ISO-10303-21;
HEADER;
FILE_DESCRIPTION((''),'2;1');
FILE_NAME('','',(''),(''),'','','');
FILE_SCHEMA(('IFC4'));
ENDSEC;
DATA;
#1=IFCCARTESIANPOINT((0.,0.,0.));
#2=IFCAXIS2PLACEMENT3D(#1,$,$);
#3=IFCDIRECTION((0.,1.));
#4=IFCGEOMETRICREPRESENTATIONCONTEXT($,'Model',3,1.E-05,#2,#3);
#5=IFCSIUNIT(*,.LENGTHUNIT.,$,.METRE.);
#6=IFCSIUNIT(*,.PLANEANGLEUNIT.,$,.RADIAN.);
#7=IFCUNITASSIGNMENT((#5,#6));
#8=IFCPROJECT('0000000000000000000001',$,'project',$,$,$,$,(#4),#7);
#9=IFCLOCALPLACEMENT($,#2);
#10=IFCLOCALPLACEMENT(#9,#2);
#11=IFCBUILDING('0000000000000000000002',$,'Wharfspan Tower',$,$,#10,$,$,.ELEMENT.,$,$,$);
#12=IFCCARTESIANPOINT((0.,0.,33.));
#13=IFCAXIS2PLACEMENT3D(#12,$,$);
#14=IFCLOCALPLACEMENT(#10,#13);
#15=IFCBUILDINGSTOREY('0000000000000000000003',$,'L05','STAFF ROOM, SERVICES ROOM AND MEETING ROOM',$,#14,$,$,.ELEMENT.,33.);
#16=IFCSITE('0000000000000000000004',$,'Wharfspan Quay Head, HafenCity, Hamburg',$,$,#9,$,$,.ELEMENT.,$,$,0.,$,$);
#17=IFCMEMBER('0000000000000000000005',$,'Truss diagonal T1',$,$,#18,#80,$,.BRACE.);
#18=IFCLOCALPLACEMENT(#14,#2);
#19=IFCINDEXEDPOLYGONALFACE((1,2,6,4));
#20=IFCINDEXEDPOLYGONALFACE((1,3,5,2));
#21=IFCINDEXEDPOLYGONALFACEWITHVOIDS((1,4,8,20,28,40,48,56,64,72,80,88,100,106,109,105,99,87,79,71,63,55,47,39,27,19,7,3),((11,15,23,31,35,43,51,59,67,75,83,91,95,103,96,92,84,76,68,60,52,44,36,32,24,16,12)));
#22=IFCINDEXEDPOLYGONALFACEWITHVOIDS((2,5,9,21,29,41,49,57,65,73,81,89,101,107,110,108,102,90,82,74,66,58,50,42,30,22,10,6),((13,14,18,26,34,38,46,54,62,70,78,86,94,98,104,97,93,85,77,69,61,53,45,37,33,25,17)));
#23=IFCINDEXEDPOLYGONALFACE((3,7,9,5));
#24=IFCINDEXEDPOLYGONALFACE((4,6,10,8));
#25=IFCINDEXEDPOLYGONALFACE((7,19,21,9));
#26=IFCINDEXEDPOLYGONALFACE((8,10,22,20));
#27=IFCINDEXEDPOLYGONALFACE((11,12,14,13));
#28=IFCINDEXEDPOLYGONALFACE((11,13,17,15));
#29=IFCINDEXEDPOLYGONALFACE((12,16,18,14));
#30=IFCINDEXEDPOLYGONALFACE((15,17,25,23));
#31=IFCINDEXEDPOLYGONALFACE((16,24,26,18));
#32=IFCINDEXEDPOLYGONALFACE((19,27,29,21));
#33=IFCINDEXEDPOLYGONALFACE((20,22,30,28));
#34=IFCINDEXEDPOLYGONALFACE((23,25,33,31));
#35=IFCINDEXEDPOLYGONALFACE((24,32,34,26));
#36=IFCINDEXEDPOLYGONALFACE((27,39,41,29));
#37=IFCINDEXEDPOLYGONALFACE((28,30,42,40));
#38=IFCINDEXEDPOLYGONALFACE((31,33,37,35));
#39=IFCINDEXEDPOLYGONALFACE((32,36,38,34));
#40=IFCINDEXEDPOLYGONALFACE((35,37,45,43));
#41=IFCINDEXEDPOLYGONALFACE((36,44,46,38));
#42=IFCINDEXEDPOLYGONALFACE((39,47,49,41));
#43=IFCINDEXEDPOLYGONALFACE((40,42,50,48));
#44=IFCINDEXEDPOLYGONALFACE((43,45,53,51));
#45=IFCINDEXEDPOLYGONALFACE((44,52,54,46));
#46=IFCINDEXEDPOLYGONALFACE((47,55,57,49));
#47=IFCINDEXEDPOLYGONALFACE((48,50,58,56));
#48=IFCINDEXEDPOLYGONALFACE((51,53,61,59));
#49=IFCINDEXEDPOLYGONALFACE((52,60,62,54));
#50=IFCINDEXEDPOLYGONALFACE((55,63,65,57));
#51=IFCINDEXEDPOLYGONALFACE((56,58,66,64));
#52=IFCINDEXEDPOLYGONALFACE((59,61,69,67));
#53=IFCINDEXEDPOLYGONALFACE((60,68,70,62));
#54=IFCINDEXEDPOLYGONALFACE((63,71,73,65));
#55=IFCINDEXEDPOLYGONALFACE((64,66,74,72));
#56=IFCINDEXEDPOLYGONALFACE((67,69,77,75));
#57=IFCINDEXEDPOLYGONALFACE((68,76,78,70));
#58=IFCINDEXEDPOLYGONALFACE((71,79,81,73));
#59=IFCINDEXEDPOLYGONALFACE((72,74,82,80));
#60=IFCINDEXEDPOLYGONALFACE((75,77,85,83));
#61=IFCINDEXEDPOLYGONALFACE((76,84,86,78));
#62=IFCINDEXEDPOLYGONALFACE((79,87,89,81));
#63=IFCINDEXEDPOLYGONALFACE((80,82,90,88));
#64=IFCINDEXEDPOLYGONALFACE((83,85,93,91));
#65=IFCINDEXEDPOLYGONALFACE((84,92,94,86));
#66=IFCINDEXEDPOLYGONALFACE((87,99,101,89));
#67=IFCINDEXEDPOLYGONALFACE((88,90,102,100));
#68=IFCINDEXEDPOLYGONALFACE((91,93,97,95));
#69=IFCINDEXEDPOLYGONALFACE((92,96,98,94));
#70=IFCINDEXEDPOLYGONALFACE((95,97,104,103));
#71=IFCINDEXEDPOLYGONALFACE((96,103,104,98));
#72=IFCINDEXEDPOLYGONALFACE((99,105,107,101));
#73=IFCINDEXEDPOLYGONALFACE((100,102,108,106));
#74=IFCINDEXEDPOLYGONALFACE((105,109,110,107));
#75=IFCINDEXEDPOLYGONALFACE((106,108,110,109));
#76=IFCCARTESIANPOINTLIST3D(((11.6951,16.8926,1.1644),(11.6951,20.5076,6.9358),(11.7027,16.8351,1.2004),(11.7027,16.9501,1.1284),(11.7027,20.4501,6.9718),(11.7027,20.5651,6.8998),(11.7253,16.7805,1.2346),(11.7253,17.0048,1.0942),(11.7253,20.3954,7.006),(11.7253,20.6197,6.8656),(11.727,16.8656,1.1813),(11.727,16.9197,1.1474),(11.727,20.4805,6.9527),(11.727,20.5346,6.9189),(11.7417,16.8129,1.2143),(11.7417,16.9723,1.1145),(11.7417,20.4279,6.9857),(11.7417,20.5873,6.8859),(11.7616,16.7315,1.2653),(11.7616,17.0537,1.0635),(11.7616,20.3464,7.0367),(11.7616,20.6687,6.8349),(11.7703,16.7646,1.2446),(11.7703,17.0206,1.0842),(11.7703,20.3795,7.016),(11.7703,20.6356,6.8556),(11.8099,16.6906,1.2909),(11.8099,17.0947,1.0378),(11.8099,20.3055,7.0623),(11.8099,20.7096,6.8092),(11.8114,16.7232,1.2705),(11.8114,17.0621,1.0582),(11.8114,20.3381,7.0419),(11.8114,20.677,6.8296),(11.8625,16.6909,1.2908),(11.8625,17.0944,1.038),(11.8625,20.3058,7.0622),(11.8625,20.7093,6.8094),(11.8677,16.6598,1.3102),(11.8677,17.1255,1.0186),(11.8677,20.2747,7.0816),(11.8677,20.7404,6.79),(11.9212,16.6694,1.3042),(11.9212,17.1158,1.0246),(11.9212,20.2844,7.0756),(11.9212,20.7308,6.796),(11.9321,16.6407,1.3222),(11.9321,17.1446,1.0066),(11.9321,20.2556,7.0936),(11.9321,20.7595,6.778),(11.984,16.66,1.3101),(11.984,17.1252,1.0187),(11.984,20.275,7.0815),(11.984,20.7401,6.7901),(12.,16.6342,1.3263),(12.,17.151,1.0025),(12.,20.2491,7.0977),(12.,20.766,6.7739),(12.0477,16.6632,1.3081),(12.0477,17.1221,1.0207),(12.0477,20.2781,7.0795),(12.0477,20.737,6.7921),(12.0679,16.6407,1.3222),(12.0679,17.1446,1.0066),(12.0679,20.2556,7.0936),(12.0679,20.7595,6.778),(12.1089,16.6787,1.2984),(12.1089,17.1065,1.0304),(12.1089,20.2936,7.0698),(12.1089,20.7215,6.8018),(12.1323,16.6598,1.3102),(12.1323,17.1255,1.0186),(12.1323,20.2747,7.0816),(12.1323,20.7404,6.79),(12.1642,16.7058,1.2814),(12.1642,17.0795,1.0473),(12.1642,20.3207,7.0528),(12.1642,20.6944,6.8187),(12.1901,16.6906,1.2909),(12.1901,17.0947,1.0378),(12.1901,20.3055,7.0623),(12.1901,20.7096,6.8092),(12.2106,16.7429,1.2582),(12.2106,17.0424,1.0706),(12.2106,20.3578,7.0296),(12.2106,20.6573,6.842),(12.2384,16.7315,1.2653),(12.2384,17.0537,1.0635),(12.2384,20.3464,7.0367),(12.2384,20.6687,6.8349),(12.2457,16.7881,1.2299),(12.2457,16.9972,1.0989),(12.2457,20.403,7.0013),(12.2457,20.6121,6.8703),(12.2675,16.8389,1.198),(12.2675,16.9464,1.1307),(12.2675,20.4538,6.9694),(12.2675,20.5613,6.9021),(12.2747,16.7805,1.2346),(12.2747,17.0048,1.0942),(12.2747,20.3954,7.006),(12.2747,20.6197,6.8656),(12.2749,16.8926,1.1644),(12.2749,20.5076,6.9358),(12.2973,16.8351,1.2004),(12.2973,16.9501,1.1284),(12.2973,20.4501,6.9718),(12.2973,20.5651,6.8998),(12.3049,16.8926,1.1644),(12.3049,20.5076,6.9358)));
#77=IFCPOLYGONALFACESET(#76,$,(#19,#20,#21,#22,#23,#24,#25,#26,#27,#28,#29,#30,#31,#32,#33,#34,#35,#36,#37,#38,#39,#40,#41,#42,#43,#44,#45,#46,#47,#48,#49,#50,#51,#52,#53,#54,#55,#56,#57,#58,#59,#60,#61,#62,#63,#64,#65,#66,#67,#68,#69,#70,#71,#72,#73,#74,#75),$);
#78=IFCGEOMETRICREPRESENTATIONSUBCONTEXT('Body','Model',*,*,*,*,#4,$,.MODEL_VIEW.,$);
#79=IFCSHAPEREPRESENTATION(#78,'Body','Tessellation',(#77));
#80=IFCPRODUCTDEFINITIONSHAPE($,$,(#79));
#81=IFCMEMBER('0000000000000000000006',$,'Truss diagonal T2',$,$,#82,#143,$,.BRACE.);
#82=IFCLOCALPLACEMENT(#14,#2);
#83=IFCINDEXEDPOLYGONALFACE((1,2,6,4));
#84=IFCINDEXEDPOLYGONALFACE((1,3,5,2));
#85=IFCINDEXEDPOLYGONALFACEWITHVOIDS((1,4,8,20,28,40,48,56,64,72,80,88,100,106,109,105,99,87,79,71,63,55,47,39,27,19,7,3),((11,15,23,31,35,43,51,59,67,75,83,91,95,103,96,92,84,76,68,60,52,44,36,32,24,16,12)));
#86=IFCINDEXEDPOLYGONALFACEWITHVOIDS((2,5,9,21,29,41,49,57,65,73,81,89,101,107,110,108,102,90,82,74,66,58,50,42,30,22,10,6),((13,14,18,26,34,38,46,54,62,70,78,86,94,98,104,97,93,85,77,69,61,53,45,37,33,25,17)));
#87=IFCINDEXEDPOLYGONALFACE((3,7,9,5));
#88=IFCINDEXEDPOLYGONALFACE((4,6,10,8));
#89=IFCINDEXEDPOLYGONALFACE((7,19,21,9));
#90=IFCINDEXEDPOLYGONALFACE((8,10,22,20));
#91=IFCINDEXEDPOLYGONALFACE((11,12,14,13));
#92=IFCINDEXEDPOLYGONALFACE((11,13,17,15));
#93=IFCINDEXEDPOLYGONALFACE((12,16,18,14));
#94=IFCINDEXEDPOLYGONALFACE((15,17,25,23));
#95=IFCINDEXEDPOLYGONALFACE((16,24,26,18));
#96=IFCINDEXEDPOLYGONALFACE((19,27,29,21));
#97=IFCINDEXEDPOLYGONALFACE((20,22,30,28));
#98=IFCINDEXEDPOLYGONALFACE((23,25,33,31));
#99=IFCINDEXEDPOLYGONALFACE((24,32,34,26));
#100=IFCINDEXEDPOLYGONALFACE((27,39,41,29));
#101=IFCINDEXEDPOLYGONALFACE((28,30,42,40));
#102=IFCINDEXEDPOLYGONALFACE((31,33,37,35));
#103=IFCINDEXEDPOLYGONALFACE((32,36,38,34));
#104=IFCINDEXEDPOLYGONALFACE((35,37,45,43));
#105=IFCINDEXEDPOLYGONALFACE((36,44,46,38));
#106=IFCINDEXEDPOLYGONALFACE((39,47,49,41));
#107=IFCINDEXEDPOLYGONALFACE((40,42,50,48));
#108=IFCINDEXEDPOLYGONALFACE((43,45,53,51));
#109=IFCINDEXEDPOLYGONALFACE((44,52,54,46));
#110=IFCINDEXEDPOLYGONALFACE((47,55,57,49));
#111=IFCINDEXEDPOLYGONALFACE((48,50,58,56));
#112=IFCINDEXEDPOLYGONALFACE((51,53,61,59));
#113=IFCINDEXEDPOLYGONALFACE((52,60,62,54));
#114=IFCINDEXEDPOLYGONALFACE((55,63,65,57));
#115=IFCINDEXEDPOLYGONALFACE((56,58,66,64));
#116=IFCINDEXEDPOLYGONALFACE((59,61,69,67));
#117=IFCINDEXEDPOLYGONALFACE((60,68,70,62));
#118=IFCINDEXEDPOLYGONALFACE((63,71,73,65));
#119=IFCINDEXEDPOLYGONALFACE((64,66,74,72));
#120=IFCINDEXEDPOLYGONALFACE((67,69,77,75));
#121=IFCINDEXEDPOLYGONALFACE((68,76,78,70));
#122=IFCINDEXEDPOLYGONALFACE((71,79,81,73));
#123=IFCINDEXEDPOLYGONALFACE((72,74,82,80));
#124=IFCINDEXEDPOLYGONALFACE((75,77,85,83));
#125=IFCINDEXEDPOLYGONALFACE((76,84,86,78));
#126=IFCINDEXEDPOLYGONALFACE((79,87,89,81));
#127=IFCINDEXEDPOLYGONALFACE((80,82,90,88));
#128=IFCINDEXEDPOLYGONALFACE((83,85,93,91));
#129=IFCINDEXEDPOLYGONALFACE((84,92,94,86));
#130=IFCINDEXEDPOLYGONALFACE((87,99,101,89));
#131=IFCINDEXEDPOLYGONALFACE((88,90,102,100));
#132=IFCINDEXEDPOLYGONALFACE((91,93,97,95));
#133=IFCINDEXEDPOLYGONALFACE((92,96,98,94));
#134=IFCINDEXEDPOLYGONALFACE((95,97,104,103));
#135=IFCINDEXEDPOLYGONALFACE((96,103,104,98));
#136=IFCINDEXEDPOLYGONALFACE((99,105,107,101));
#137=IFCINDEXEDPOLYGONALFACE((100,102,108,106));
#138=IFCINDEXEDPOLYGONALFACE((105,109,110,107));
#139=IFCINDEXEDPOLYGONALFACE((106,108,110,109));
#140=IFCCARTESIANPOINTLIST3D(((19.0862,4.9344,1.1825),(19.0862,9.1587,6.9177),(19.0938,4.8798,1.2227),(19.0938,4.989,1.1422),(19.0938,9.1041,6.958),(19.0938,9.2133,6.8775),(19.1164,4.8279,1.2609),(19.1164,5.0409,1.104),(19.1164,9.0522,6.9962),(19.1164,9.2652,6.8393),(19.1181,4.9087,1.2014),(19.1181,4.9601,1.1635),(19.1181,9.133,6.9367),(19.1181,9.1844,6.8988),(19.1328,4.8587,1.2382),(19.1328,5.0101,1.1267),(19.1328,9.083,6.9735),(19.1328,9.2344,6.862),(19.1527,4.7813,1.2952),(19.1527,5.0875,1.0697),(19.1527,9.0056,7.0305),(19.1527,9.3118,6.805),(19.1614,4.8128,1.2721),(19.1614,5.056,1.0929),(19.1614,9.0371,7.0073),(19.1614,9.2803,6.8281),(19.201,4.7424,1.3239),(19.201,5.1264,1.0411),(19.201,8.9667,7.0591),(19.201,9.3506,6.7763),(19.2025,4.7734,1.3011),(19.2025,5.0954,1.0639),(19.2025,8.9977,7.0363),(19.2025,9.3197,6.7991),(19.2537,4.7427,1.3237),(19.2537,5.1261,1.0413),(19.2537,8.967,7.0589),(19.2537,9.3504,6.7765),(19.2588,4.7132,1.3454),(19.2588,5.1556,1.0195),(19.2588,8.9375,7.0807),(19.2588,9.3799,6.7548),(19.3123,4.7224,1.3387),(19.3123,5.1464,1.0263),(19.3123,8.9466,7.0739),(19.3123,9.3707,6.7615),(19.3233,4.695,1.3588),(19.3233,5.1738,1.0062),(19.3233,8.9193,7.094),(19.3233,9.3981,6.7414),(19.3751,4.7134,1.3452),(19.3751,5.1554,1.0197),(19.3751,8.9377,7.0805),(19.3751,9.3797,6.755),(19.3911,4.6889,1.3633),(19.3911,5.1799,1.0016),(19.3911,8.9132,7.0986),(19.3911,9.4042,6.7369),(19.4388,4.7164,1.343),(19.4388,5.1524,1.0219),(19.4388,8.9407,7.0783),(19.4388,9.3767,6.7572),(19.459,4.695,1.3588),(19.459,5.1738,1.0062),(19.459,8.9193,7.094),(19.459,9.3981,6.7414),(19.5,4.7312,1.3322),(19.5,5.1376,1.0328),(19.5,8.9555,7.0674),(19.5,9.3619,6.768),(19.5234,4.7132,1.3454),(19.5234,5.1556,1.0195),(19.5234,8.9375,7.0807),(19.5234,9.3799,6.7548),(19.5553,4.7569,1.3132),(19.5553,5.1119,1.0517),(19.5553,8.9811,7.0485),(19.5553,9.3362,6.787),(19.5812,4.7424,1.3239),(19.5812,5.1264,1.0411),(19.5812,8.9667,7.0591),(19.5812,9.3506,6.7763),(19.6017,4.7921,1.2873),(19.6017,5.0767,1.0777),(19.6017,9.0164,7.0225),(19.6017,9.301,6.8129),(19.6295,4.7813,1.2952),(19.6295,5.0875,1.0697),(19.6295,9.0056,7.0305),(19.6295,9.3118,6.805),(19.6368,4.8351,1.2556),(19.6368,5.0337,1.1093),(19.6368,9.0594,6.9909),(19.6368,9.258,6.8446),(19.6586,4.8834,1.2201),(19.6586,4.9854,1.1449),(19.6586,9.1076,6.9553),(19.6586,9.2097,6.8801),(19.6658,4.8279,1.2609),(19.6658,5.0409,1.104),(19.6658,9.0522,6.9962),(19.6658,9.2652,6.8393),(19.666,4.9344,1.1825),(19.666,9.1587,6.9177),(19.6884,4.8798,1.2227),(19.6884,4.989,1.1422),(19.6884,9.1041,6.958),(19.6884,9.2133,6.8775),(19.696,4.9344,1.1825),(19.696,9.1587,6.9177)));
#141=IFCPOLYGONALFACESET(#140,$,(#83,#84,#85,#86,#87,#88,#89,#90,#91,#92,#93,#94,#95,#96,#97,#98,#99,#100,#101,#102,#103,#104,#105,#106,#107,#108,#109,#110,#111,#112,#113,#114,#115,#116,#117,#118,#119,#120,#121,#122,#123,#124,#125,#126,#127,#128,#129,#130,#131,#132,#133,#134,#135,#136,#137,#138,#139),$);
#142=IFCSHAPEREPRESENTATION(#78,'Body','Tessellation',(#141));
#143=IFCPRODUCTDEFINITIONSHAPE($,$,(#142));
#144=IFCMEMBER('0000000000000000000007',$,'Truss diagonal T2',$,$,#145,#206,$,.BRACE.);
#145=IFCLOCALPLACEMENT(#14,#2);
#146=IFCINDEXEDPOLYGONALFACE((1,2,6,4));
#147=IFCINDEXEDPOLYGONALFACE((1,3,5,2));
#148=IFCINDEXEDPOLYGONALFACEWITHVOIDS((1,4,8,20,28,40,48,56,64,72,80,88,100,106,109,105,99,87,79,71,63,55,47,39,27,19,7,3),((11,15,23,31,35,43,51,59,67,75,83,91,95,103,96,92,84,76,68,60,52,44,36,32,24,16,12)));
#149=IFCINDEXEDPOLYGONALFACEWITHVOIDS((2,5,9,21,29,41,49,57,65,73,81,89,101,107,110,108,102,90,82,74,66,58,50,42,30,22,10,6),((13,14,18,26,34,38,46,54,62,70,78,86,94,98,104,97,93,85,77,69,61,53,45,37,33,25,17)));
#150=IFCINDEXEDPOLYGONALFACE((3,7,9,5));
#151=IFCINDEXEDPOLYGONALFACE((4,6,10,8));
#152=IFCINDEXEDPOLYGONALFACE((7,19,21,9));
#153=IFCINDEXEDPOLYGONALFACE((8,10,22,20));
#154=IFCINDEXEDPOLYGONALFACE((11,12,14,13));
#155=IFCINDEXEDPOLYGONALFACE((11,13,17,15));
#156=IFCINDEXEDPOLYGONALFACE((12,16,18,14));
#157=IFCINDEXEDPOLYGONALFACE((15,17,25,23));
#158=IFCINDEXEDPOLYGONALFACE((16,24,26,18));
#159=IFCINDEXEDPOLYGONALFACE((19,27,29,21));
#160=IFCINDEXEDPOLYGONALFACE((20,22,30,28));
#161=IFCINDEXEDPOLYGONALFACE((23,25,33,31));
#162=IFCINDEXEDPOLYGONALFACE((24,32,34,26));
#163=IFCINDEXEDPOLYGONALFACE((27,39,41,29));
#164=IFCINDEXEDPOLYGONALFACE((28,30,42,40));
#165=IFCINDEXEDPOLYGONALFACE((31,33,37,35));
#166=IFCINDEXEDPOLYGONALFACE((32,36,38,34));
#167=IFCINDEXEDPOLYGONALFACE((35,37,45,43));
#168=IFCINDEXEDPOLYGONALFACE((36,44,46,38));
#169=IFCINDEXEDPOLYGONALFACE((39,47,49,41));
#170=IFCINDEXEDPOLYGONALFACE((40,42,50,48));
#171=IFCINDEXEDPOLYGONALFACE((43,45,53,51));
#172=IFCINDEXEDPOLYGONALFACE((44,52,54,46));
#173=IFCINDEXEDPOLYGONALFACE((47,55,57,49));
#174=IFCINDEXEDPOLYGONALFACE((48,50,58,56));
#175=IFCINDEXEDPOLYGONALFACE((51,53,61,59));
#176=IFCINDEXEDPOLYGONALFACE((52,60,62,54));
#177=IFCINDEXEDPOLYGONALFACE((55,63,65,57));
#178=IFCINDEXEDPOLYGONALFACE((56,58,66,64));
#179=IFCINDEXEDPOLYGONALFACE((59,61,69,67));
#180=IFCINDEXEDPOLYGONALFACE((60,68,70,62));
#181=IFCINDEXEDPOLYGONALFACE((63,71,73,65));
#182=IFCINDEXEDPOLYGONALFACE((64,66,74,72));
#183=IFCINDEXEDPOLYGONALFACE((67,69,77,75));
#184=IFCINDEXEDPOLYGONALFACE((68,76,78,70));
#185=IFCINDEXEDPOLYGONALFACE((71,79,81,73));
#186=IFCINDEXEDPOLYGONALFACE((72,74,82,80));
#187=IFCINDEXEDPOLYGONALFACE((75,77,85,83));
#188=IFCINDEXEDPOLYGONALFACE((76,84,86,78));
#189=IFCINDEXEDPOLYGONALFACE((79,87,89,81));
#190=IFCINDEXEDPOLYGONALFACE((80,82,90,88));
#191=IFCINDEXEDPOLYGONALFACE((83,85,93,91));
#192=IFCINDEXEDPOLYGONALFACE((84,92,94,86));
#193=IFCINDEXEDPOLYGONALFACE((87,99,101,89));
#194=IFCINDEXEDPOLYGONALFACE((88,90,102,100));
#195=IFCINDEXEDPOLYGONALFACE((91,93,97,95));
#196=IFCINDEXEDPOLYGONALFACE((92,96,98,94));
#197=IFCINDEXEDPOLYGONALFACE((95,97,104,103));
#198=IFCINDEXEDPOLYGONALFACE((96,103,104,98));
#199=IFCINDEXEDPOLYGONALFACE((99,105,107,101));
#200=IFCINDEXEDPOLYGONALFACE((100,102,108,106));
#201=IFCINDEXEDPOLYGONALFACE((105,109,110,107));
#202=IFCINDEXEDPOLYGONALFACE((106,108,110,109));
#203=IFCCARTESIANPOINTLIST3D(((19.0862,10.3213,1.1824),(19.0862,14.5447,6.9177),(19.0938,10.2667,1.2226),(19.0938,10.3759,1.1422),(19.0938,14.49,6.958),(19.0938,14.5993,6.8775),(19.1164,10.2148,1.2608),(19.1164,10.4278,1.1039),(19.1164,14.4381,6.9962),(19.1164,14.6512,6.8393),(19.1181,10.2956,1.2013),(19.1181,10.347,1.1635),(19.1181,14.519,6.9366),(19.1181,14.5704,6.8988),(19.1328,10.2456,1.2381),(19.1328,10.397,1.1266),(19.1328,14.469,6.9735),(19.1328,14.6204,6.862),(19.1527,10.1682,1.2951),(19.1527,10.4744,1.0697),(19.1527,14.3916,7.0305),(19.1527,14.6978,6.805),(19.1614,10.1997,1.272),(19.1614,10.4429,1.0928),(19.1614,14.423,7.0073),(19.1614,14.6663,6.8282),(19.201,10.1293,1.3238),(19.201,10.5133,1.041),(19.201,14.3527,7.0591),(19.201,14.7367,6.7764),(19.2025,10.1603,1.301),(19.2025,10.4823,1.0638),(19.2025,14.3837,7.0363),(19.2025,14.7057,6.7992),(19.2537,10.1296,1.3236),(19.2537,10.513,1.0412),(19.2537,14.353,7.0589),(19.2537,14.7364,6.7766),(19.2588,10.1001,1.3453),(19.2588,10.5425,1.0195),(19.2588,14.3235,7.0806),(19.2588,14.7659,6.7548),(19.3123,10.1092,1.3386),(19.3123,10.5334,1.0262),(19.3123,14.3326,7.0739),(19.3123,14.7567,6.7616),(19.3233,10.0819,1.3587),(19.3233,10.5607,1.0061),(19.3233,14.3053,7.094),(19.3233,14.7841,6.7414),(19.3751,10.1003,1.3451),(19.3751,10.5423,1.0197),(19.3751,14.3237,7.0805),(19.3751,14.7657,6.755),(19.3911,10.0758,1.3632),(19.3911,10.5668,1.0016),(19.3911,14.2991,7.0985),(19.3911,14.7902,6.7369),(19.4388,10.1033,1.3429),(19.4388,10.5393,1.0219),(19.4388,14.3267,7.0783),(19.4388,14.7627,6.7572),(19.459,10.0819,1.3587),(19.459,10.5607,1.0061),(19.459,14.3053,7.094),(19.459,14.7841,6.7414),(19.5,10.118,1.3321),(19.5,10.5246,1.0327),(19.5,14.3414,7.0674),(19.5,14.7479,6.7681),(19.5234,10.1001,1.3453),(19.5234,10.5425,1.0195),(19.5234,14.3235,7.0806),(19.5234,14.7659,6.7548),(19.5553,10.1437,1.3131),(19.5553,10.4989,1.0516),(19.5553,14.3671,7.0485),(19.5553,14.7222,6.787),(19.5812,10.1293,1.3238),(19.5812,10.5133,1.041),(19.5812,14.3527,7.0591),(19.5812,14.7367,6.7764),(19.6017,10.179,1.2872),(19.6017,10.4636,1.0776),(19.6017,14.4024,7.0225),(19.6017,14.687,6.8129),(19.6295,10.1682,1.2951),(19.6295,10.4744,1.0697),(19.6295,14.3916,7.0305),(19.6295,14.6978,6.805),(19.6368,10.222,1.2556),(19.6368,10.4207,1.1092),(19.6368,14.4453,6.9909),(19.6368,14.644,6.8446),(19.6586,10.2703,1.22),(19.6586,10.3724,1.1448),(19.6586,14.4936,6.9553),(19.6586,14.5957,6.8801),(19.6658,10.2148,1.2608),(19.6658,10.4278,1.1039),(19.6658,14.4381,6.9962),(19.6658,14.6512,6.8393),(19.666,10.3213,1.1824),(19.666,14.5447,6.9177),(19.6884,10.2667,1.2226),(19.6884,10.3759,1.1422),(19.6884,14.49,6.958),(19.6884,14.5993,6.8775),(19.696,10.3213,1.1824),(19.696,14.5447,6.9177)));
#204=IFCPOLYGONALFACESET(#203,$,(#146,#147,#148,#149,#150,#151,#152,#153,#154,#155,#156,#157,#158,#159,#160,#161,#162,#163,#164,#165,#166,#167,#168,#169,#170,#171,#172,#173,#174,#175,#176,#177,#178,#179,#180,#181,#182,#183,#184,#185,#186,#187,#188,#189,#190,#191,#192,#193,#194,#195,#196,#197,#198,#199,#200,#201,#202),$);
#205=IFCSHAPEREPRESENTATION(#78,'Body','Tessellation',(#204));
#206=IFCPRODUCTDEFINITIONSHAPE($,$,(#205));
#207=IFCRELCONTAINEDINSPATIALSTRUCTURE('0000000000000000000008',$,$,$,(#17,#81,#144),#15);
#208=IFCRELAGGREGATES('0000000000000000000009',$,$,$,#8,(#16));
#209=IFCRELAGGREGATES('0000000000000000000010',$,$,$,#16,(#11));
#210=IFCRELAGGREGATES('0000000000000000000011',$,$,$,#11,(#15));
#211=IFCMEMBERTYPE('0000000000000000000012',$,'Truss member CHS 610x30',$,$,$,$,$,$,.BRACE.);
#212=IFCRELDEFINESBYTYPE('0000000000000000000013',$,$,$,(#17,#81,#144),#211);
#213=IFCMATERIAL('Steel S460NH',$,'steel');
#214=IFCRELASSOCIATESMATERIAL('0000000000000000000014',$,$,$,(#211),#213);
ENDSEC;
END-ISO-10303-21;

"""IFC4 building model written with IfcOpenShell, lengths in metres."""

from ifc_helpers import new_model, si_unit, direction, frame, origin, origin_2d, place, context, subcontext, project, spatial, hollow_circle, extrude, material, material_profile, profile_set, type_object, element, save


model = new_model("IFC4")

# Units and contexts
model_context = context("Model", 3, precision=1e-05, world=origin(), true_north=direction((0.0, 1.0)))
body_context = subcontext(model_context, "Body", "Model", "MODEL_VIEW")
ifc_project = project(units=[si_unit("LENGTHUNIT", "METRE"), si_unit("PLANEANGLEUNIT", "RADIAN")], contexts=[model_context])

# Site, building, storey
site_placement = place(None, origin())
site = spatial("IfcSite", under=ifc_project, at=site_placement, Name="Wharfspan Quay Head, HafenCity, Hamburg", CompositionType="ELEMENT", RefElevation=0.0)
building_placement = place(site_placement, origin())
building = spatial("IfcBuilding", under=site, at=building_placement, Name="Wharfspan Tower", CompositionType="ELEMENT")
storey_placement = place(building_placement, frame((0.0, 0.0, 33.0)))
storey = spatial("IfcBuildingStorey", under=building, at=storey_placement, Name="L05", Description="STAFF ROOM, SERVICES ROOM AND MEETING ROOM", CompositionType="ELEMENT", Elevation=33.0)

# Members
ifc_material_1 = material(Name="Steel S460NH", Category="steel")
ifc_material_profile_1 = material_profile(ifc_material_1, hollow_circle(Radius=0.3049, WallThickness=0.03, at=origin_2d()))
ifc_profile_set_1 = profile_set([ifc_material_profile_1], Name="Steel S460NH")
member_type_1 = type_object("IfcMemberType", Name="Truss member CHS 610x30", PredefinedType="BRACE", material=ifc_profile_set_1)
member_1_placement = place(storey_placement, frame((12.0, 20.5076, 6.9358), z_axis=(0.0, -0.530824, -0.847482), x_axis=(1.0, 0.0, 0.0)))
element("IfcMember", 1, at=member_1_placement, inside=storey, type_object=member_type_1, Name="Truss diagonal T1", PredefinedType="BRACE", context=body_context, shape_type="SweptSolid", body=[
    extrude(hollow_circle(Radius=0.3049, WallThickness=0.03, at=origin_2d()), origin(), (0.0, 0.0, 1.0), 6.8101),
])
member_2_placement = place(storey_placement, frame((19.3911, 9.1587, 6.9177), z_axis=(0.0, -0.593046, -0.805169), x_axis=(1.0, 0.0, 0.0)))
element("IfcMember", 2, at=member_2_placement, inside=storey, type_object=member_type_1, Name="Truss diagonal T2", PredefinedType="BRACE", context=body_context, shape_type="SweptSolid", body=[
    extrude(hollow_circle(Radius=0.3049, WallThickness=0.03, at=origin_2d()), origin(), (0.0, 0.0, 1.0), 7.123),
])
member_3_placement = place(storey_placement, frame((19.3911, 14.5447, 6.9177), z_axis=(0.0, -0.592957, -0.805234), x_axis=(1.0, 0.0, 0.0)))
element("IfcMember", 3, at=member_3_placement, inside=storey, type_object=member_type_1, Name="Truss diagonal T2", PredefinedType="BRACE", context=body_context, shape_type="SweptSolid", body=[
    extrude(hollow_circle(Radius=0.3049, WallThickness=0.03, at=origin_2d()), origin(), (0.0, 0.0, 1.0), 7.1226),
])

save(model, "model.ifc")
